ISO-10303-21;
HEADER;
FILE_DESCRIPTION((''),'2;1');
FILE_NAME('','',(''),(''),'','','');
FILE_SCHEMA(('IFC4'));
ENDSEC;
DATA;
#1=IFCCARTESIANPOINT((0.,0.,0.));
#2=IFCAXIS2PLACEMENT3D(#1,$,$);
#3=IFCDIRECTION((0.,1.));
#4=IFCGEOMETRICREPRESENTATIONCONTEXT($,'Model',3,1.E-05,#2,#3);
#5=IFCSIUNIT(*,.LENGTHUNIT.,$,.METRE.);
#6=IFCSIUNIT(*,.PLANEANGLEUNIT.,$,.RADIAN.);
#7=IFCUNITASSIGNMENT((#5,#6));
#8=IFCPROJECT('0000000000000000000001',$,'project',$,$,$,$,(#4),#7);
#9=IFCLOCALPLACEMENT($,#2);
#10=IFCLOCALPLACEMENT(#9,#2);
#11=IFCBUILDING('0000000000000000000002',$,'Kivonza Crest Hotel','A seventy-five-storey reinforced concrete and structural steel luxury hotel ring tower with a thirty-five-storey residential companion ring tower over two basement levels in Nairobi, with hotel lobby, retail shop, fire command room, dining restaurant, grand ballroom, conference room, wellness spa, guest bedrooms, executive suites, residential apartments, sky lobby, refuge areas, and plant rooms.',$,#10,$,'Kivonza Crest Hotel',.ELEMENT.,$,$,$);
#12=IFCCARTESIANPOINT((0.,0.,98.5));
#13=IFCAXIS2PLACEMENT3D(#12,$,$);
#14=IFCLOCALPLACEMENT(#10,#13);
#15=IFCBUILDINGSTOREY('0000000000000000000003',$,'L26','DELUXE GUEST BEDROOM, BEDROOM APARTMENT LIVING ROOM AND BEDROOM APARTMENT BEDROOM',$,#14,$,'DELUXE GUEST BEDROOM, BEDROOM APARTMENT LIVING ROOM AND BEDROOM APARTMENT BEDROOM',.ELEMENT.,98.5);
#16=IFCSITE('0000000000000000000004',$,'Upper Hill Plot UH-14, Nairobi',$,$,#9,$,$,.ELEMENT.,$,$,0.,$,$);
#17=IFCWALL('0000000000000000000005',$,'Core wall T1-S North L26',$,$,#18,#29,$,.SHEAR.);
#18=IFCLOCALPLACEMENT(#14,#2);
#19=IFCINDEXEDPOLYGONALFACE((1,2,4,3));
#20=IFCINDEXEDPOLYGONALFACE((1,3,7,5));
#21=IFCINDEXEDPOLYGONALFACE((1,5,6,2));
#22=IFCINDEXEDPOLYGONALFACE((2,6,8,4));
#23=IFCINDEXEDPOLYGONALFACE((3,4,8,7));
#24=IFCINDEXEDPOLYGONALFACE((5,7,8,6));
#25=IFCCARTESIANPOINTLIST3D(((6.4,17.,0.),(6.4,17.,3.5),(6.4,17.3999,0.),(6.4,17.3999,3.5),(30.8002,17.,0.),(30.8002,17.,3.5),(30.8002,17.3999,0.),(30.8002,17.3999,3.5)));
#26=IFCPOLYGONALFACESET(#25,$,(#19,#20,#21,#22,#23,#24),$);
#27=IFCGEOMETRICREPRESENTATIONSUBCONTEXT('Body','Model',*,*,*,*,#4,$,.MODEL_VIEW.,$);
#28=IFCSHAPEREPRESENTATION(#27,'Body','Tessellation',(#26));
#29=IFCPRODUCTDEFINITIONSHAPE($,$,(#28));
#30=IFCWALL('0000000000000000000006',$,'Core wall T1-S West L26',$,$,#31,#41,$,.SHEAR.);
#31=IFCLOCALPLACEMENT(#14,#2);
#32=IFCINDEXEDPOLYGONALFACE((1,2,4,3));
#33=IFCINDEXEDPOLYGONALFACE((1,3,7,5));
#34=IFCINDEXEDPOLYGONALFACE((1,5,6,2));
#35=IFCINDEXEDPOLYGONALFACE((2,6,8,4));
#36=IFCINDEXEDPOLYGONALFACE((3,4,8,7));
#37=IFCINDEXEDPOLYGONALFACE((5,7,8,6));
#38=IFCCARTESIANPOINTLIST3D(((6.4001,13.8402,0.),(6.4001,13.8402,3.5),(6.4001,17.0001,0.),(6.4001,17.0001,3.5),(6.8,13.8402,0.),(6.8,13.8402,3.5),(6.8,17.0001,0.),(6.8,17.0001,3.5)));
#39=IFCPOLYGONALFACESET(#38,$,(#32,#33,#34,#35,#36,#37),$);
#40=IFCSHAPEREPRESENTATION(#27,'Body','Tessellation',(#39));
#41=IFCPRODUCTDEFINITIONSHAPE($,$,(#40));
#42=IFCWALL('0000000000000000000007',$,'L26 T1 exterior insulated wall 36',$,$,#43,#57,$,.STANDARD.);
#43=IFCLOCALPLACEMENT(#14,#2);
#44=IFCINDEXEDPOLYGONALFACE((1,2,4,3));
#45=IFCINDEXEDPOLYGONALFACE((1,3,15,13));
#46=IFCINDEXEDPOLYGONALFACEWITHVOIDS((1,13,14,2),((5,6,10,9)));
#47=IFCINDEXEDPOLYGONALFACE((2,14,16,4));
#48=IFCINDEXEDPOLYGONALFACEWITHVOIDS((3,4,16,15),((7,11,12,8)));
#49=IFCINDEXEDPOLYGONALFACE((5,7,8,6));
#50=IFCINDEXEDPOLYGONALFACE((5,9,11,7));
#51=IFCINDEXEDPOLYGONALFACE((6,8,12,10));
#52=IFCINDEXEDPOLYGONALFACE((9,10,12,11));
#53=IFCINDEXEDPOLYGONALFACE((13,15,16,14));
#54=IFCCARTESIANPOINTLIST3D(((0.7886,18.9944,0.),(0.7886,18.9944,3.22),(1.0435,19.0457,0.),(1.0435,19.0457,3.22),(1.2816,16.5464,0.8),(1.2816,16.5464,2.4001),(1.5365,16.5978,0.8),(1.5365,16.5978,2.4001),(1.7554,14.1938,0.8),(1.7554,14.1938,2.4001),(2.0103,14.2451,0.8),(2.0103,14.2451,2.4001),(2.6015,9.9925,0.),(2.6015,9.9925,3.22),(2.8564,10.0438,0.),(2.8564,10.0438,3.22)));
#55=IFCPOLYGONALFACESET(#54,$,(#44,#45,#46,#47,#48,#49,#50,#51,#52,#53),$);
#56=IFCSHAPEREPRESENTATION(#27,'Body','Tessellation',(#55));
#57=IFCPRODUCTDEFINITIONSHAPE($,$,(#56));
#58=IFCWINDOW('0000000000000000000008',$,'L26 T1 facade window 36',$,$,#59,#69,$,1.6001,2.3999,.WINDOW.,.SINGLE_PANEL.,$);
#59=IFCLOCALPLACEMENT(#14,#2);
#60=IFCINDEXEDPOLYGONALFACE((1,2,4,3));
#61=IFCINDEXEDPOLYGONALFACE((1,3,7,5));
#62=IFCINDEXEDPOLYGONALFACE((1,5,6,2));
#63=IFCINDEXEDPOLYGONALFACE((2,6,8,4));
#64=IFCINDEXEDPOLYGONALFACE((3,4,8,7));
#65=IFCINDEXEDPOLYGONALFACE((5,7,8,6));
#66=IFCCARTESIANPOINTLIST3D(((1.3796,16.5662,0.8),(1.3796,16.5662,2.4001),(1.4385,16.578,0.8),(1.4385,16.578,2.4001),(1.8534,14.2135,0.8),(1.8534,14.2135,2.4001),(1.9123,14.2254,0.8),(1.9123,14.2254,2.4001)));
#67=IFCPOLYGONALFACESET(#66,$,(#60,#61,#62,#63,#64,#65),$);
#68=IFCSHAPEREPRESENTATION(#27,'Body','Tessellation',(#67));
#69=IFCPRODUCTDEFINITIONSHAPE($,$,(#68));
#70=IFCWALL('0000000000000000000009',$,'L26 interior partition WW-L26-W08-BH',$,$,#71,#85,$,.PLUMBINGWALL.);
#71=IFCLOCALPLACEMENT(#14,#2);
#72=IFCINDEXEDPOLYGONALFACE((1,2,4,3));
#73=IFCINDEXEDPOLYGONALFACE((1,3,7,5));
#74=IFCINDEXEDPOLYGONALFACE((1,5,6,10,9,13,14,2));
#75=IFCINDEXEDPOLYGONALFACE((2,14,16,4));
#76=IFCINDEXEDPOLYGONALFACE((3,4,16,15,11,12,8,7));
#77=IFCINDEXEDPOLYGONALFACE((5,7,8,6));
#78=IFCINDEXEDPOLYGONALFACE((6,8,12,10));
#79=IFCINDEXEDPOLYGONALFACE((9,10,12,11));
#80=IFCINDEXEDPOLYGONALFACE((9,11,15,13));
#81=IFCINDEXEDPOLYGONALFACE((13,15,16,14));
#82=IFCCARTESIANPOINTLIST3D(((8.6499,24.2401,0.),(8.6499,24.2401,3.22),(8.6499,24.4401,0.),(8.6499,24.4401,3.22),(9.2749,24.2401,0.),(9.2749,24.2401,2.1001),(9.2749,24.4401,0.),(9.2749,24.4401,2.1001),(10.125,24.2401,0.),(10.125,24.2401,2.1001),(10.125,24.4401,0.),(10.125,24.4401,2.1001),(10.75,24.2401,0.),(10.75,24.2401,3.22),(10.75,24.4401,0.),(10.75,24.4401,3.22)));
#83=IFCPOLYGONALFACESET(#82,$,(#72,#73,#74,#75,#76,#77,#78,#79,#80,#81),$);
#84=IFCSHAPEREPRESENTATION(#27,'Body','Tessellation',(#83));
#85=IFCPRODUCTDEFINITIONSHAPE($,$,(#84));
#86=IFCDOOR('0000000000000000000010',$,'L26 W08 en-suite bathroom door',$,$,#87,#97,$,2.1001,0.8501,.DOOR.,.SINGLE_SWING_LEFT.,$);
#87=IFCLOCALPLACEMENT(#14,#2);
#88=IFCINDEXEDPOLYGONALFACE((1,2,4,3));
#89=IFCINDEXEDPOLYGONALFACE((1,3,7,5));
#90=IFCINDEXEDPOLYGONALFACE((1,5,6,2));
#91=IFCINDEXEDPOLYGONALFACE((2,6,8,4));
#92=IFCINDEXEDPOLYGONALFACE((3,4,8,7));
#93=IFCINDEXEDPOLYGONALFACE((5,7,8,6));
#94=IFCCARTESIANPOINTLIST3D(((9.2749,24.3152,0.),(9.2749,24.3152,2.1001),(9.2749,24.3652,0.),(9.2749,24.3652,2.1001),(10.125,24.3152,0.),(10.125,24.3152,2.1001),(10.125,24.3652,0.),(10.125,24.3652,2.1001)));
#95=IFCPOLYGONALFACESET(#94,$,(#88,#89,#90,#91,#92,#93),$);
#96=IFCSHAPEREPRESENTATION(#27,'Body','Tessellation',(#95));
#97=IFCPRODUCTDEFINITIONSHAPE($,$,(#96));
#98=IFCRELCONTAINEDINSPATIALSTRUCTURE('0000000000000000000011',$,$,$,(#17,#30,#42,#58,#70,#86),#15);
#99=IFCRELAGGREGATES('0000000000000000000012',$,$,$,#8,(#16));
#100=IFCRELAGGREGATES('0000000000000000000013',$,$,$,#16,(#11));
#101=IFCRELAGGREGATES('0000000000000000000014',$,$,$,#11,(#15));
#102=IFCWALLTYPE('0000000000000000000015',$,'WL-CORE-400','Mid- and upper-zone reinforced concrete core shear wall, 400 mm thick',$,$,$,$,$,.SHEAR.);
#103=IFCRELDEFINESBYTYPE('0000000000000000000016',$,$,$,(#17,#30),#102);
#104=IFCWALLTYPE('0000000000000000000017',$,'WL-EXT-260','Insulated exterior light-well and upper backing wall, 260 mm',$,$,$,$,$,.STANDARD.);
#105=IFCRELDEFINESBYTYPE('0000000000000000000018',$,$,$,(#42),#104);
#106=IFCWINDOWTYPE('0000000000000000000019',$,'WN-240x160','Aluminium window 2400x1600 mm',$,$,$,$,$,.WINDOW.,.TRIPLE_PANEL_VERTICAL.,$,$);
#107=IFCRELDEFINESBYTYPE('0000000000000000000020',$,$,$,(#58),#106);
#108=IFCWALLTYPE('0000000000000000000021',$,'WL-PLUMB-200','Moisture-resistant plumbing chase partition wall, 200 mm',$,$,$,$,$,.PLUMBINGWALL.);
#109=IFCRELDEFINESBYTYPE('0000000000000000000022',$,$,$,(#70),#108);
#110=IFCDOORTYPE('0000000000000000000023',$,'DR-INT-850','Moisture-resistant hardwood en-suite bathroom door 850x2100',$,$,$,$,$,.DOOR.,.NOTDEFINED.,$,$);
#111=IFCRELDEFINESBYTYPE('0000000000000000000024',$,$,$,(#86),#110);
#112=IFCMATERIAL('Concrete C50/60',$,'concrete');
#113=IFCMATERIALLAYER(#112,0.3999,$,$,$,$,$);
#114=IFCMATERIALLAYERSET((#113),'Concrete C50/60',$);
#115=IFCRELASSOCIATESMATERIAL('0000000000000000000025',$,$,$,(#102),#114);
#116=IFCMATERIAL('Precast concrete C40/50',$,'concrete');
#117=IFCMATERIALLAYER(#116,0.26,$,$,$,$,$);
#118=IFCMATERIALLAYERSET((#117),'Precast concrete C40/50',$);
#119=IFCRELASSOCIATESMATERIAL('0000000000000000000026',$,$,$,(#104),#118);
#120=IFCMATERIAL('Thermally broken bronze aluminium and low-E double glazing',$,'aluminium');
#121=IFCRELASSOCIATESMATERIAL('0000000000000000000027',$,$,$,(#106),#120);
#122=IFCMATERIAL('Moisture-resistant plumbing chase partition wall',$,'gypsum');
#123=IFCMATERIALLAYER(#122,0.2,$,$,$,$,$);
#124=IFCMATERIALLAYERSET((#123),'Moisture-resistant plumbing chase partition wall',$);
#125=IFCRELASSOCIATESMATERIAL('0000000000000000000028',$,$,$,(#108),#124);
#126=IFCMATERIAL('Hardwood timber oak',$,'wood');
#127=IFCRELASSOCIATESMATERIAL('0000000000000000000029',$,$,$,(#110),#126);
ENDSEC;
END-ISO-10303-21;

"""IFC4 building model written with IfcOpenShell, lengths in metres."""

from ifc_helpers import new_model, si_unit, direction, frame, frame_2d, origin, place, context, subcontext, project, spatial, rectangle, extrude, material, layer, layer_set, type_object, element, fill, save


model = new_model("IFC4")

# Units and contexts
model_context = context("Model", 3, precision=1e-05, world=origin(), true_north=direction((0.0, 1.0)))
body_context = subcontext(model_context, "Body", "Model", "MODEL_VIEW")
ifc_project = project(units=[si_unit("LENGTHUNIT", "METRE"), si_unit("PLANEANGLEUNIT", "RADIAN")], contexts=[model_context])

# Site, building, storey
site_placement = place(None, origin())
site = spatial("IfcSite", under=ifc_project, at=site_placement, Name="Upper Hill Plot UH-14, Nairobi", CompositionType="ELEMENT", RefElevation=0.0)
building_placement = place(site_placement, origin())
building = spatial("IfcBuilding", under=site, at=building_placement, Name="Kivonza Crest Hotel", Description="A seventy-five-storey reinforced concrete and structural steel luxury hotel ring tower with a thirty-five-storey residential companion ring tower over two basement levels in Nairobi, with hotel lobby, retail shop, fire command room, dining restaurant, grand ballroom, conference room, wellness spa, guest bedrooms, executive suites, residential apartments, sky lobby, refuge areas, and plant rooms.", LongName="Kivonza Crest Hotel", CompositionType="ELEMENT")
storey_placement = place(building_placement, frame((0.0, 0.0, 98.5)))
storey = spatial("IfcBuildingStorey", under=building, at=storey_placement, Name="L26", Description="DELUXE GUEST BEDROOM, BEDROOM APARTMENT LIVING ROOM AND BEDROOM APARTMENT BEDROOM", LongName="DELUXE GUEST BEDROOM, BEDROOM APARTMENT LIVING ROOM AND BEDROOM APARTMENT BEDROOM", CompositionType="ELEMENT", Elevation=98.5)

# Shared definitions
ifc_material_1 = material(Name="Concrete C50/60", Category="concrete")

# Shared definitions
ifc_layer_1 = layer(ifc_material_1, 0.3999)
ifc_layer_set_1 = layer_set([ifc_layer_1], Name="Concrete C50/60")
wall_type_1 = type_object("IfcWallType", Name="WL-CORE-400", Description="Mid- and upper-zone reinforced concrete core shear wall, 400 mm thick", PredefinedType="SHEAR", material=ifc_layer_set_1)
ifc_material_2 = material(Name="Hardwood timber oak", Category="wood")

# Walls
wall_1_placement = place(storey_placement, frame((6.3999, 17.2, 0.0), z_axis=(0.0, 0.0, 1.0), x_axis=(1.0, 0.0, 0.0)))
element("IfcWall", 1, at=wall_1_placement, inside=storey, type_object=wall_type_1, Name="Core wall T1-S North L26", PredefinedType="SHEAR", context=body_context, shape_type="SweptSolid", body=[
    extrude(rectangle(XDim=24.4001, YDim=0.3999, at=frame_2d((12.2002, 0.0))), origin(), (0.0, 0.0, 1.0), 3.5),
])
wall_2_placement = place(storey_placement, frame((6.6001, 13.8401, 0.0), z_axis=(0.0, 0.0, 1.0), x_axis=(0.0, 1.0, 0.0)))
element("IfcWall", 2, at=wall_2_placement, inside=storey, type_object=wall_type_1, Name="Core wall T1-S West L26", PredefinedType="SHEAR", context=body_context, shape_type="SweptSolid", body=[
    extrude(rectangle(XDim=3.1599, YDim=0.3999, at=frame_2d((1.5801, 0.0))), origin(), (0.0, 0.0, 1.0), 3.5),
])

# Wall, opening, window
ifc_material_3 = material(Name="Precast concrete C40/50", Category="concrete")
ifc_layer_2 = layer(ifc_material_3, 0.26)
ifc_layer_set_2 = layer_set([ifc_layer_2], Name="Precast concrete C40/50")
wall_type_2 = type_object("IfcWallType", Name="WL-EXT-260", Description="Insulated exterior light-well and upper backing wall, 260 mm", PredefinedType="STANDARD", material=ifc_layer_set_2)
wall_3_placement = place(storey_placement, frame((0.916, 19.02, 0.0), z_axis=(0.0, 0.0, 1.0), x_axis=(0.197435, -0.980316, 0.0)))
wall_3 = element("IfcWall", 3, at=wall_3_placement, inside=storey, type_object=wall_type_2, Name="L26 T1 exterior insulated wall 36", PredefinedType="STANDARD", context=body_context, shape_type="SweptSolid", body=[
    extrude(rectangle(XDim=9.1826, YDim=0.26, at=frame_2d((4.5913, 0.0))), origin(), (0.0, 0.0, 1.0), 3.22),
])
opening_1_placement = place(wall_3_placement, frame((2.4971, 0.0, 0.8)))
opening_1 = element("IfcOpeningElement", 4, at=opening_1_placement, cuts=wall_3, PredefinedType="OPENING", context=body_context, shape_type="SweptSolid", body=[
    extrude(rectangle(XDim=2.3999, YDim=1.6001, at=frame_2d((1.2, 0.8))), frame((0.0, 0.1401, 0.0), z_axis=(0.0, -1.0, 0.0), x_axis=(1.0, 0.0, 0.0)), (0.0, 0.0, 1.0), 0.28),
])
ifc_material_4 = material(Name="Thermally broken bronze aluminium and low-E double glazing", Category="aluminium")
window_type = type_object("IfcWindowType", Name="WN-240x160", Description="Aluminium window 2400x1600 mm", PartitioningType="TRIPLE_PANEL_VERTICAL", PredefinedType="WINDOW", material=ifc_material_4)
window_placement = place(opening_1_placement, origin())
window = element("IfcWindow", 5, at=window_placement, inside=storey, type_object=window_type, Name="L26 T1 facade window 36", OverallHeight=1.6001, OverallWidth=2.3999, PartitioningType="SINGLE_PANEL", PredefinedType="WINDOW", context=body_context, shape_type="SweptSolid", body=[
    extrude(rectangle(XDim=2.3999, YDim=1.6001, at=frame_2d((1.2, 0.8))), frame((0.0, 0.03, 0.0), z_axis=(0.0, -1.0, 0.0), x_axis=(1.0, 0.0, 0.0)), (0.0, 0.0, 1.0), 0.0601),
])
fill(opening_1, window)

# Wall, opening, door
ifc_material_5 = material(Name="Moisture-resistant plumbing chase partition wall", Category="gypsum")
ifc_layer_3 = layer(ifc_material_5, 0.2)
ifc_layer_set_3 = layer_set([ifc_layer_3], Name="Moisture-resistant plumbing chase partition wall")
wall_type_3 = type_object("IfcWallType", Name="WL-PLUMB-200", Description="Moisture-resistant plumbing chase partition wall, 200 mm", PredefinedType="PLUMBINGWALL", material=ifc_layer_set_3)
wall_4_placement = place(storey_placement, frame((8.6499, 24.3401, 0.0), z_axis=(0.0, 0.0, 1.0), x_axis=(1.0, 0.0, 0.0)))
wall_4 = element("IfcWall", 6, at=wall_4_placement, inside=storey, type_object=wall_type_3, Name="L26 interior partition WW-L26-W08-BH", PredefinedType="PLUMBINGWALL", context=body_context, shape_type="SweptSolid", body=[
    extrude(rectangle(XDim=2.1001, YDim=0.2, at=frame_2d((1.05, 0.0))), origin(), (0.0, 0.0, 1.0), 3.22),
])
opening_2_placement = place(wall_4_placement, frame((0.625, 0.0, 0.0)))
opening_2 = element("IfcOpeningElement", 7, at=opening_2_placement, cuts=wall_4, PredefinedType="OPENING", context=body_context, shape_type="SweptSolid", body=[
    extrude(rectangle(XDim=0.8501, YDim=2.1001, at=frame_2d((0.425, 1.05))), frame((0.0, 0.1099, 0.0), z_axis=(0.0, -1.0, 0.0), x_axis=(1.0, 0.0, 0.0)), (0.0, 0.0, 1.0), 0.22),
])
door_type_1 = type_object("IfcDoorType", Name="DR-INT-850", Description="Moisture-resistant hardwood en-suite bathroom door 850x2100", OperationType="NOTDEFINED", PredefinedType="DOOR", material=ifc_material_2)
door_1_placement = place(opening_2_placement, frame((0.8501, 0.0, 0.0), z_axis=(0.0, 0.0, 1.0), x_axis=(-1.0, 0.0, 0.0)))
door_1 = element("IfcDoor", 8, at=door_1_placement, inside=storey, type_object=door_type_1, Name="L26 W08 en-suite bathroom door", OperationType="SINGLE_SWING_LEFT", OverallHeight=2.1001, OverallWidth=0.8501, PredefinedType="DOOR", context=body_context, shape_type="SweptSolid", body=[
    extrude(rectangle(XDim=0.8501, YDim=2.1001, at=frame_2d((0.425, 1.05))), frame((0.0, 0.0249, 0.0), z_axis=(0.0, -1.0, 0.0), x_axis=(1.0, 0.0, 0.0)), (0.0, 0.0, 1.0), 0.05),
])
fill(opening_2, door_1)

save(model, "model.ifc")
